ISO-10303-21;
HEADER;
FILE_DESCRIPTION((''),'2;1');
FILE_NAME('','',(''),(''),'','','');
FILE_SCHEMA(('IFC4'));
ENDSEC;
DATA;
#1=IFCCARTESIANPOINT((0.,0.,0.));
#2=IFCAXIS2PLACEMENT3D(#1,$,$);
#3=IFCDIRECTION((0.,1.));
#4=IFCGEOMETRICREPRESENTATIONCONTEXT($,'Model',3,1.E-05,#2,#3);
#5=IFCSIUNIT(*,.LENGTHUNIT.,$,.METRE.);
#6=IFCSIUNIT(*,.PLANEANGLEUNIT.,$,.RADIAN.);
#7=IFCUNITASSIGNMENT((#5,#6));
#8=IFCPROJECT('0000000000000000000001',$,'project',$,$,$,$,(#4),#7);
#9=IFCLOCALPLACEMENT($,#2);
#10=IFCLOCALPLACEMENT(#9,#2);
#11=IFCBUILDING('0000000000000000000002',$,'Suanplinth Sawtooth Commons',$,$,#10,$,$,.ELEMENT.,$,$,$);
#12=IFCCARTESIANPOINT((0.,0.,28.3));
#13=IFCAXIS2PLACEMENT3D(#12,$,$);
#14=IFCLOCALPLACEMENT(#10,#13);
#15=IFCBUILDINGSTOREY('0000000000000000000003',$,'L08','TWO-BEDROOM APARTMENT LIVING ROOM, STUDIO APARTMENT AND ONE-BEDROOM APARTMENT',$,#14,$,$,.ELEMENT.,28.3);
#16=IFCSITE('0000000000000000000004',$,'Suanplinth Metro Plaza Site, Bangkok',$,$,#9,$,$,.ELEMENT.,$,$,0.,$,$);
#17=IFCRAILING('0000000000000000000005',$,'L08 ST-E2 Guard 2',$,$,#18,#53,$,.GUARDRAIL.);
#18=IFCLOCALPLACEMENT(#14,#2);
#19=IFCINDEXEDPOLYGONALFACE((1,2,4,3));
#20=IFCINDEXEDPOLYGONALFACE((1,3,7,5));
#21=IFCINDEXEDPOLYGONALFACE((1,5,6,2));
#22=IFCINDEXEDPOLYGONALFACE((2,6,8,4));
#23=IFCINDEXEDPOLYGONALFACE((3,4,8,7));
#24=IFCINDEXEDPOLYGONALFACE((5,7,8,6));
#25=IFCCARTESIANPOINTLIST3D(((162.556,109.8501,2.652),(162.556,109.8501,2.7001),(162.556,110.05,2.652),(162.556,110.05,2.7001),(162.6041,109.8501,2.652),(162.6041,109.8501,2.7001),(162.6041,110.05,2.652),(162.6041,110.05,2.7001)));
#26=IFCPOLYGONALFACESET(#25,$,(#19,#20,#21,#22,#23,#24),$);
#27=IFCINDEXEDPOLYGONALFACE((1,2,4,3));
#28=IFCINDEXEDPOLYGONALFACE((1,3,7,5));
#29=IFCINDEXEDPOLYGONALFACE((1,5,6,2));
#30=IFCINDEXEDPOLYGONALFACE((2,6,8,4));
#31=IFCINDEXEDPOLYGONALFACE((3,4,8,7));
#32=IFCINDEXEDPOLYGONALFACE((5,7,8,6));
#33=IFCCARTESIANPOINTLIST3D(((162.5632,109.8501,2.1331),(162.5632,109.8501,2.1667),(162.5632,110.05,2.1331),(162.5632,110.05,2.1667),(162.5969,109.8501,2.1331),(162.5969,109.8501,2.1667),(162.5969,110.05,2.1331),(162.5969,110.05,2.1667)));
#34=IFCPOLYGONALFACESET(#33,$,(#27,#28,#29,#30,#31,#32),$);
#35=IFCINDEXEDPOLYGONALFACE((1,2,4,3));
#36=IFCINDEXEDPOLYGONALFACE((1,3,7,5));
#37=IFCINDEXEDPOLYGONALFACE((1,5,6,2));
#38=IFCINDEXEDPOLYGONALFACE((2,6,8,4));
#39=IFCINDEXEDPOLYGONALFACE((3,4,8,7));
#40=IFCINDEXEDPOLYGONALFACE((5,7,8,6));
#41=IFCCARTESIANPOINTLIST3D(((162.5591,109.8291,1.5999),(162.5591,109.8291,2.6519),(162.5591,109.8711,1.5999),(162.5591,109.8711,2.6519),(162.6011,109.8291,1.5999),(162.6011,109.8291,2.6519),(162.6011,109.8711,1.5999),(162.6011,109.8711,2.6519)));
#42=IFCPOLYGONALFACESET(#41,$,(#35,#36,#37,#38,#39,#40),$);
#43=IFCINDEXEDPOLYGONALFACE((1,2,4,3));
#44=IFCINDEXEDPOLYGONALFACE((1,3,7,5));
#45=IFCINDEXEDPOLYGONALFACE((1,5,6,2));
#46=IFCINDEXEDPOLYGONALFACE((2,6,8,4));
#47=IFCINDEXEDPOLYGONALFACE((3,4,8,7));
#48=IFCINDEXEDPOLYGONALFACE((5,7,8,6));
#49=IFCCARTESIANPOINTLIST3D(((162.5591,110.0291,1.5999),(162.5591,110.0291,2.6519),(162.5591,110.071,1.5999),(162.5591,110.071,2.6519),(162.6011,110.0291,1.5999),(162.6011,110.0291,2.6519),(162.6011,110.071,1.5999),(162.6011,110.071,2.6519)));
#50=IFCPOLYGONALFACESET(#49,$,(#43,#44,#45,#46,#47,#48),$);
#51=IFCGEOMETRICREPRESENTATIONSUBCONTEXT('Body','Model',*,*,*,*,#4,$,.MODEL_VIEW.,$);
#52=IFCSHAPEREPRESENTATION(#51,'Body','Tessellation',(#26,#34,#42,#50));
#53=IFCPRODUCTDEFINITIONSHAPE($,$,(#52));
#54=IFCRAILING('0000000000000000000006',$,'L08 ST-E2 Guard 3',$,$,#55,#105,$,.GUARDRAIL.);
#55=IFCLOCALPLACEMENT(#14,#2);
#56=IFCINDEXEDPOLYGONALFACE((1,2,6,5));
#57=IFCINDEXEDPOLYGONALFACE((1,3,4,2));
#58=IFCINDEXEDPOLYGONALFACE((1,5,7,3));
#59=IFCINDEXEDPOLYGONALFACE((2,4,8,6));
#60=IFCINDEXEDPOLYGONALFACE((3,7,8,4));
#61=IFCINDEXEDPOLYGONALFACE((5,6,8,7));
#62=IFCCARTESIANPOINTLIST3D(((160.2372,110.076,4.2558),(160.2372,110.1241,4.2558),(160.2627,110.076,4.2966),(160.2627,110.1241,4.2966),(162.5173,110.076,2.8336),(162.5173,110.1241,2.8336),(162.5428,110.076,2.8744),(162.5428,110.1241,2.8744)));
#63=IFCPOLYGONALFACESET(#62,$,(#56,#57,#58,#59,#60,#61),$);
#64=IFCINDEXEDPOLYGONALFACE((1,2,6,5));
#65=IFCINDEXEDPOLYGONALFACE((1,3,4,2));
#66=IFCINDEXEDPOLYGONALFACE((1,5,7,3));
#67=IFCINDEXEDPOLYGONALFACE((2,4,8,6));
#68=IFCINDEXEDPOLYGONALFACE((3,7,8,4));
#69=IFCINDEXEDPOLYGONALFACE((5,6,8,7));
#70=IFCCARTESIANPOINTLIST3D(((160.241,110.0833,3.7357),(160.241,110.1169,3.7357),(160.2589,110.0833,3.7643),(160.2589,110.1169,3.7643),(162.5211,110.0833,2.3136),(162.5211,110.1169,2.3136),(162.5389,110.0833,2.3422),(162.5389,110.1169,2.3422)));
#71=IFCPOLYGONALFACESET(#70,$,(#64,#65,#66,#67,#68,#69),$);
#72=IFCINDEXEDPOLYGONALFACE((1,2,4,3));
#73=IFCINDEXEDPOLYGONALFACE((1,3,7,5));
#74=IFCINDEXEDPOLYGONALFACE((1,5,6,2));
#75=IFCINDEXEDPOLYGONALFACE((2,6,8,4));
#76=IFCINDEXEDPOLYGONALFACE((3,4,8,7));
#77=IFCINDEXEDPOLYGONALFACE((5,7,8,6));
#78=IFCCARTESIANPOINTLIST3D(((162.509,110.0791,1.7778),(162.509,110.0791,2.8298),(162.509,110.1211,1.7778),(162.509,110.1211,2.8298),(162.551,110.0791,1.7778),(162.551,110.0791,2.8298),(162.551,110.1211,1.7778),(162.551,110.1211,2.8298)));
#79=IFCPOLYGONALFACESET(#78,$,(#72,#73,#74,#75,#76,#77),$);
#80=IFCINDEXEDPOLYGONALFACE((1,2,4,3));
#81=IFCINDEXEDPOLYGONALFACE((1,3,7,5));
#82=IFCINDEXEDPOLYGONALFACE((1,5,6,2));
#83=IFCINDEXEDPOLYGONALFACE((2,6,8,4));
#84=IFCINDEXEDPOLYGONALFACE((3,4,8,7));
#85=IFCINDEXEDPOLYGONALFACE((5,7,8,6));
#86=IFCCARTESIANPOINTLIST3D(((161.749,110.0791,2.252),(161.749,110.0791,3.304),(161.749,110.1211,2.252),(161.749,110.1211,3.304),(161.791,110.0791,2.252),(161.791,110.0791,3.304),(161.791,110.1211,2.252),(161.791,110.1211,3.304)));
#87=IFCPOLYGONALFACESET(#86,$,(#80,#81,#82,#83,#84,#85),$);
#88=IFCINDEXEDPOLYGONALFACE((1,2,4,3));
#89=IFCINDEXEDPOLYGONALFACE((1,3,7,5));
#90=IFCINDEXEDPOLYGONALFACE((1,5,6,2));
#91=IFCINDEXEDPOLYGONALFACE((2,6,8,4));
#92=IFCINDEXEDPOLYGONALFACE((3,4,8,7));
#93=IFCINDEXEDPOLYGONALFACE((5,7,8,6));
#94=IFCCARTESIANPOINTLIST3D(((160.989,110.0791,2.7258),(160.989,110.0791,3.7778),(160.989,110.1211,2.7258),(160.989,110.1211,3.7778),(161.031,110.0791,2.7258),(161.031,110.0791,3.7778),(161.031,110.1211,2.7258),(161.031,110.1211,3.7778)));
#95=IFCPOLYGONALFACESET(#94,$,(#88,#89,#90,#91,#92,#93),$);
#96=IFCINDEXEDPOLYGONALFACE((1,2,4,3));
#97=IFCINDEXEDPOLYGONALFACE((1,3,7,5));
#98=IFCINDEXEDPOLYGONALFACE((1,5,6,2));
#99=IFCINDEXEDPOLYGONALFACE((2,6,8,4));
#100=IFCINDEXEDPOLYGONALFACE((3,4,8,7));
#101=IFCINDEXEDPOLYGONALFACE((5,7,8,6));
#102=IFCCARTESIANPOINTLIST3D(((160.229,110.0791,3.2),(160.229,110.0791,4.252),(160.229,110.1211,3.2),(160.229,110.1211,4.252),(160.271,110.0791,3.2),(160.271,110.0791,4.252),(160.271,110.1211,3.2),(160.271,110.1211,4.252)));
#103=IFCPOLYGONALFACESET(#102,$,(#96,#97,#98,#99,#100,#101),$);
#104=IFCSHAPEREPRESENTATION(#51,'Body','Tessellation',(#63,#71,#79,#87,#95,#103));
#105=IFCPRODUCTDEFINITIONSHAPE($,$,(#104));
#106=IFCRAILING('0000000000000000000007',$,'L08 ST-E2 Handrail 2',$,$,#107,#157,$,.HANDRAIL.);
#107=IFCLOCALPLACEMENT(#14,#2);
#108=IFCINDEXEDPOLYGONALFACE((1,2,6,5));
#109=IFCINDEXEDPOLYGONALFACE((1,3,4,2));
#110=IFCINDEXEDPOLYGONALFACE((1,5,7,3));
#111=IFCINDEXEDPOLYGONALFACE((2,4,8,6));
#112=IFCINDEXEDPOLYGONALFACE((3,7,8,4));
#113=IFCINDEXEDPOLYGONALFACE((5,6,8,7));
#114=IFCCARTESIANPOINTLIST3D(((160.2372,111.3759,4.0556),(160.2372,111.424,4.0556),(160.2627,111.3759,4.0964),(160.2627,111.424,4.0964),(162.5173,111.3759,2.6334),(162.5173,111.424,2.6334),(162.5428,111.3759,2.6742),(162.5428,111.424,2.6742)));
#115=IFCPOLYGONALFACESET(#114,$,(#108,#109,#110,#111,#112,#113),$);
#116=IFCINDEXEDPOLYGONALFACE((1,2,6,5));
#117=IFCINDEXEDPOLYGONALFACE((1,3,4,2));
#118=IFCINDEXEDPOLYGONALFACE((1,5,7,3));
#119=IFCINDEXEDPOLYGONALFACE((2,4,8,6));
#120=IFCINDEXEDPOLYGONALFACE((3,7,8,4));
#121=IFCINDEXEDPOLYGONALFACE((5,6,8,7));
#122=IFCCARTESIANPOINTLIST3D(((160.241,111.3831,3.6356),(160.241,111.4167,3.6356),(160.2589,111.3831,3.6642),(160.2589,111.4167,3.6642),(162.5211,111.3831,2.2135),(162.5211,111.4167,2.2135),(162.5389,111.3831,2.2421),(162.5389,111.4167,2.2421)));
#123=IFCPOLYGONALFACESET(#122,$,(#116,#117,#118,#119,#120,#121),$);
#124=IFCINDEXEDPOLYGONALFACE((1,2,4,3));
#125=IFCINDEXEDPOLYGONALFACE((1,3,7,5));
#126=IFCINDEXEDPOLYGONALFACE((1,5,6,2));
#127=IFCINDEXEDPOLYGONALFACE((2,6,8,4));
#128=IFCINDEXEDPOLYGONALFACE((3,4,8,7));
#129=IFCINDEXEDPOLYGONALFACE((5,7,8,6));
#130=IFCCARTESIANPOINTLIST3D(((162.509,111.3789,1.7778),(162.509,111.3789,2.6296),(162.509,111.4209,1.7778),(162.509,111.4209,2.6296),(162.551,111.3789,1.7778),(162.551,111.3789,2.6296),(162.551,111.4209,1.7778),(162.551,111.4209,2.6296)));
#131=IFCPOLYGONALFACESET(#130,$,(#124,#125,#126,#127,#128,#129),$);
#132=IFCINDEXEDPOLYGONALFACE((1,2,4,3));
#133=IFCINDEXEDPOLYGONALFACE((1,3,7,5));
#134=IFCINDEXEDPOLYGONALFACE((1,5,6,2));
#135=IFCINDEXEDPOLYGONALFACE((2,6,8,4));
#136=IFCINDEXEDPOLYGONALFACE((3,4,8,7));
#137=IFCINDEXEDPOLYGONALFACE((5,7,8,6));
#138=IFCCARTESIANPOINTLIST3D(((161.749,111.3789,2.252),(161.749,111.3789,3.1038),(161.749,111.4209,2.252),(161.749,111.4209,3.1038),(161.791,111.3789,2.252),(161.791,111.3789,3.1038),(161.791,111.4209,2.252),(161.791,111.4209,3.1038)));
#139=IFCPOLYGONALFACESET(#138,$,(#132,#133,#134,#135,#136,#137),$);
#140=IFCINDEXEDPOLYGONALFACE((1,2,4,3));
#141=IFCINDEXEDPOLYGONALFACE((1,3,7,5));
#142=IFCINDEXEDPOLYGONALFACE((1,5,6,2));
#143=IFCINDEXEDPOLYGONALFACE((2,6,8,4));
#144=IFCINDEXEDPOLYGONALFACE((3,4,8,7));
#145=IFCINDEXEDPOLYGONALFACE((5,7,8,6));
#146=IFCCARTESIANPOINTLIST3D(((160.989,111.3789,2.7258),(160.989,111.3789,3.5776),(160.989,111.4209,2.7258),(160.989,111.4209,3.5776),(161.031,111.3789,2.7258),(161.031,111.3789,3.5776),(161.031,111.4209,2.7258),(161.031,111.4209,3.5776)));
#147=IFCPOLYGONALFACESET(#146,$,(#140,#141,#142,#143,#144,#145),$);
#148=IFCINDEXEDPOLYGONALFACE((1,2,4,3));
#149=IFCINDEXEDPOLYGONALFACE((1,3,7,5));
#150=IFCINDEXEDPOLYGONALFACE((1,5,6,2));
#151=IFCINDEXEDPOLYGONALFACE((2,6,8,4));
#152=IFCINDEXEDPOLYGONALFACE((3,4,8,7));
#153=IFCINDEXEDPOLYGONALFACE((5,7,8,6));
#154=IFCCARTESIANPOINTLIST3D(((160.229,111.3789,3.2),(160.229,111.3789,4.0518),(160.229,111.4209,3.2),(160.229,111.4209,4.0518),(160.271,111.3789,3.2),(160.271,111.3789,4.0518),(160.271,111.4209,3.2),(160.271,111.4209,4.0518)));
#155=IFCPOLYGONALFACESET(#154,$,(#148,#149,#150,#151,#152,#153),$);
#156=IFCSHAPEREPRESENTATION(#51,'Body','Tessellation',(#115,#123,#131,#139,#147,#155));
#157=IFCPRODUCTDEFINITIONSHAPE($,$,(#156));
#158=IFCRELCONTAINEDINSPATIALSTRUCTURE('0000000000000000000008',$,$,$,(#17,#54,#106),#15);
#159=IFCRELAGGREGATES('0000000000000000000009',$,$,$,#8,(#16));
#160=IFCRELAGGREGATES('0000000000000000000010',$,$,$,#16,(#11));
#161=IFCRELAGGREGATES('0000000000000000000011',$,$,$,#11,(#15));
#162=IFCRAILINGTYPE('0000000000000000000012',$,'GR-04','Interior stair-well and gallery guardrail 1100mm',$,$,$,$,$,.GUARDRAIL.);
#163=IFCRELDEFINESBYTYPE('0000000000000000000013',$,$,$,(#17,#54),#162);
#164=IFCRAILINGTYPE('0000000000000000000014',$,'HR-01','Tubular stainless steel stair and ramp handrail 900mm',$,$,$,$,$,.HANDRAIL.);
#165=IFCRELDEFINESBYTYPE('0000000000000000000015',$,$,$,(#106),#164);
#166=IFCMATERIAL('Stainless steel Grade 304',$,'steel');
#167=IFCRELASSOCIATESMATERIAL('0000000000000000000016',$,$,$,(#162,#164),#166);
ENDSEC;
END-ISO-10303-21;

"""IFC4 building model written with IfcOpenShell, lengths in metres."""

from ifc_helpers import new_model, si_unit, direction, frame, origin, origin_2d, place, context, subcontext, project, spatial, rectangle, extrude, material, type_object, element, save


model = new_model("IFC4")

# Units and contexts
model_context = context("Model", 3, precision=1e-05, world=origin(), true_north=direction((0.0, 1.0)))
body_context = subcontext(model_context, "Body", "Model", "MODEL_VIEW")
ifc_project = project(units=[si_unit("LENGTHUNIT", "METRE"), si_unit("PLANEANGLEUNIT", "RADIAN")], contexts=[model_context])

# Site, building, storey
site_placement = place(None, origin())
site = spatial("IfcSite", under=ifc_project, at=site_placement, Name="Suanplinth Metro Plaza Site, Bangkok", CompositionType="ELEMENT", RefElevation=0.0)
building_placement = place(site_placement, origin())
building = spatial("IfcBuilding", under=site, at=building_placement, Name="Suanplinth Sawtooth Commons", CompositionType="ELEMENT")
storey_placement = place(building_placement, frame((0.0, 0.0, 28.3)))
storey = spatial("IfcBuildingStorey", under=building, at=storey_placement, Name="L08", Description="TWO-BEDROOM APARTMENT LIVING ROOM, STUDIO APARTMENT AND ONE-BEDROOM APARTMENT", CompositionType="ELEMENT", Elevation=28.3)

# Shared definitions
ifc_material_1 = material(Name="Stainless steel Grade 304", Category="steel")

# Railings
railing_type_1 = type_object("IfcRailingType", Name="GR-04", Description="Interior stair-well and gallery guardrail 1100mm", PredefinedType="GUARDRAIL", material=ifc_material_1)
railing_1_placement = place(storey_placement, frame((162.5801, 109.8501, 1.5999)))
element("IfcRailing", 1, at=railing_1_placement, inside=storey, type_object=railing_type_1, Name="L08 ST-E2 Guard 2", PredefinedType="GUARDRAIL", context=body_context, shape_type="SweptSolid", body=[
    extrude(rectangle(XDim=0.0481, YDim=0.0481, at=origin_2d()), frame((0.0, 0.0, 1.0762), z_axis=(0.0, 1.0, 0.0), x_axis=(-1.0, 0.0, 0.0)), (0.0, 0.0, 1.0), 0.2),
    extrude(rectangle(XDim=0.0337, YDim=0.0337, at=origin_2d()), frame((0.0, 0.0, 0.55), z_axis=(0.0, 1.0, 0.0), x_axis=(-1.0, 0.0, 0.0)), (0.0, 0.0, 1.0), 0.2),
    extrude(rectangle(XDim=0.042, YDim=0.042, at=origin_2d()), origin(), (0.0, 0.0, 1.0), 1.052),
    extrude(rectangle(XDim=0.042, YDim=0.042, at=origin_2d()), frame((0.0, 0.2, 0.0)), (0.0, 0.0, 1.0), 1.052),
])
railing_2_placement = place(storey_placement, frame((162.53, 110.1001, 1.7778)))
element("IfcRailing", 2, at=railing_2_placement, inside=storey, type_object=railing_type_1, Name="L08 ST-E2 Guard 3", PredefinedType="GUARDRAIL", context=body_context, shape_type="SweptSolid", body=[
    extrude(rectangle(XDim=0.0481, YDim=0.0481, at=origin_2d()), frame((0.0, 0.0, 1.0762), z_axis=(-0.848483, 0.0, 0.529223), x_axis=(0.0, -1.0, 0.0)), (0.0, 0.0, 1.0), 2.6873),
    extrude(rectangle(XDim=0.0337, YDim=0.0337, at=origin_2d()), frame((0.0, 0.0, 0.55), z_axis=(-0.848483, 0.0, 0.529223), x_axis=(0.0, -1.0, 0.0)), (0.0, 0.0, 1.0), 2.6873),
    extrude(rectangle(XDim=0.042, YDim=0.042, at=origin_2d()), origin(), (0.0, 0.0, 1.0), 1.052),
    extrude(rectangle(XDim=0.042, YDim=0.042, at=origin_2d()), frame((-0.76, 0.0, 0.4741)), (0.0, 0.0, 1.0), 1.052),
    extrude(rectangle(XDim=0.042, YDim=0.042, at=origin_2d()), frame((-1.52, 0.0, 0.948)), (0.0, 0.0, 1.0), 1.052),
    extrude(rectangle(XDim=0.042, YDim=0.042, at=origin_2d()), frame((-2.28, 0.0, 1.4221)), (0.0, 0.0, 1.0), 1.052),
])
railing_type_2 = type_object("IfcRailingType", Name="HR-01", Description="Tubular stainless steel stair and ramp handrail 900mm", PredefinedType="HANDRAIL", material=ifc_material_1)
railing_3_placement = place(storey_placement, frame((162.53, 111.3999, 1.7778)))
element("IfcRailing", 3, at=railing_3_placement, inside=storey, type_object=railing_type_2, Name="L08 ST-E2 Handrail 2", PredefinedType="HANDRAIL", context=body_context, shape_type="SweptSolid", body=[
    extrude(rectangle(XDim=0.0481, YDim=0.0481, at=origin_2d()), frame((0.0, 0.0, 0.876), z_axis=(-0.848483, 0.0, 0.529223), x_axis=(0.0, -1.0, 0.0)), (0.0, 0.0, 1.0), 2.6873),
    extrude(rectangle(XDim=0.0337, YDim=0.0337, at=origin_2d()), frame((0.0, 0.0, 0.45), z_axis=(-0.848483, 0.0, 0.529223), x_axis=(0.0, -1.0, 0.0)), (0.0, 0.0, 1.0), 2.6873),
    extrude(rectangle(XDim=0.042, YDim=0.042, at=origin_2d()), origin(), (0.0, 0.0, 1.0), 0.8518),
    extrude(rectangle(XDim=0.042, YDim=0.042, at=origin_2d()), frame((-0.76, 0.0, 0.4741)), (0.0, 0.0, 1.0), 0.8518),
    extrude(rectangle(XDim=0.042, YDim=0.042, at=origin_2d()), frame((-1.52, 0.0, 0.948)), (0.0, 0.0, 1.0), 0.8518),
    extrude(rectangle(XDim=0.042, YDim=0.042, at=origin_2d()), frame((-2.28, 0.0, 1.4221)), (0.0, 0.0, 1.0), 0.8518),
])

save(model, "model.ifc")
